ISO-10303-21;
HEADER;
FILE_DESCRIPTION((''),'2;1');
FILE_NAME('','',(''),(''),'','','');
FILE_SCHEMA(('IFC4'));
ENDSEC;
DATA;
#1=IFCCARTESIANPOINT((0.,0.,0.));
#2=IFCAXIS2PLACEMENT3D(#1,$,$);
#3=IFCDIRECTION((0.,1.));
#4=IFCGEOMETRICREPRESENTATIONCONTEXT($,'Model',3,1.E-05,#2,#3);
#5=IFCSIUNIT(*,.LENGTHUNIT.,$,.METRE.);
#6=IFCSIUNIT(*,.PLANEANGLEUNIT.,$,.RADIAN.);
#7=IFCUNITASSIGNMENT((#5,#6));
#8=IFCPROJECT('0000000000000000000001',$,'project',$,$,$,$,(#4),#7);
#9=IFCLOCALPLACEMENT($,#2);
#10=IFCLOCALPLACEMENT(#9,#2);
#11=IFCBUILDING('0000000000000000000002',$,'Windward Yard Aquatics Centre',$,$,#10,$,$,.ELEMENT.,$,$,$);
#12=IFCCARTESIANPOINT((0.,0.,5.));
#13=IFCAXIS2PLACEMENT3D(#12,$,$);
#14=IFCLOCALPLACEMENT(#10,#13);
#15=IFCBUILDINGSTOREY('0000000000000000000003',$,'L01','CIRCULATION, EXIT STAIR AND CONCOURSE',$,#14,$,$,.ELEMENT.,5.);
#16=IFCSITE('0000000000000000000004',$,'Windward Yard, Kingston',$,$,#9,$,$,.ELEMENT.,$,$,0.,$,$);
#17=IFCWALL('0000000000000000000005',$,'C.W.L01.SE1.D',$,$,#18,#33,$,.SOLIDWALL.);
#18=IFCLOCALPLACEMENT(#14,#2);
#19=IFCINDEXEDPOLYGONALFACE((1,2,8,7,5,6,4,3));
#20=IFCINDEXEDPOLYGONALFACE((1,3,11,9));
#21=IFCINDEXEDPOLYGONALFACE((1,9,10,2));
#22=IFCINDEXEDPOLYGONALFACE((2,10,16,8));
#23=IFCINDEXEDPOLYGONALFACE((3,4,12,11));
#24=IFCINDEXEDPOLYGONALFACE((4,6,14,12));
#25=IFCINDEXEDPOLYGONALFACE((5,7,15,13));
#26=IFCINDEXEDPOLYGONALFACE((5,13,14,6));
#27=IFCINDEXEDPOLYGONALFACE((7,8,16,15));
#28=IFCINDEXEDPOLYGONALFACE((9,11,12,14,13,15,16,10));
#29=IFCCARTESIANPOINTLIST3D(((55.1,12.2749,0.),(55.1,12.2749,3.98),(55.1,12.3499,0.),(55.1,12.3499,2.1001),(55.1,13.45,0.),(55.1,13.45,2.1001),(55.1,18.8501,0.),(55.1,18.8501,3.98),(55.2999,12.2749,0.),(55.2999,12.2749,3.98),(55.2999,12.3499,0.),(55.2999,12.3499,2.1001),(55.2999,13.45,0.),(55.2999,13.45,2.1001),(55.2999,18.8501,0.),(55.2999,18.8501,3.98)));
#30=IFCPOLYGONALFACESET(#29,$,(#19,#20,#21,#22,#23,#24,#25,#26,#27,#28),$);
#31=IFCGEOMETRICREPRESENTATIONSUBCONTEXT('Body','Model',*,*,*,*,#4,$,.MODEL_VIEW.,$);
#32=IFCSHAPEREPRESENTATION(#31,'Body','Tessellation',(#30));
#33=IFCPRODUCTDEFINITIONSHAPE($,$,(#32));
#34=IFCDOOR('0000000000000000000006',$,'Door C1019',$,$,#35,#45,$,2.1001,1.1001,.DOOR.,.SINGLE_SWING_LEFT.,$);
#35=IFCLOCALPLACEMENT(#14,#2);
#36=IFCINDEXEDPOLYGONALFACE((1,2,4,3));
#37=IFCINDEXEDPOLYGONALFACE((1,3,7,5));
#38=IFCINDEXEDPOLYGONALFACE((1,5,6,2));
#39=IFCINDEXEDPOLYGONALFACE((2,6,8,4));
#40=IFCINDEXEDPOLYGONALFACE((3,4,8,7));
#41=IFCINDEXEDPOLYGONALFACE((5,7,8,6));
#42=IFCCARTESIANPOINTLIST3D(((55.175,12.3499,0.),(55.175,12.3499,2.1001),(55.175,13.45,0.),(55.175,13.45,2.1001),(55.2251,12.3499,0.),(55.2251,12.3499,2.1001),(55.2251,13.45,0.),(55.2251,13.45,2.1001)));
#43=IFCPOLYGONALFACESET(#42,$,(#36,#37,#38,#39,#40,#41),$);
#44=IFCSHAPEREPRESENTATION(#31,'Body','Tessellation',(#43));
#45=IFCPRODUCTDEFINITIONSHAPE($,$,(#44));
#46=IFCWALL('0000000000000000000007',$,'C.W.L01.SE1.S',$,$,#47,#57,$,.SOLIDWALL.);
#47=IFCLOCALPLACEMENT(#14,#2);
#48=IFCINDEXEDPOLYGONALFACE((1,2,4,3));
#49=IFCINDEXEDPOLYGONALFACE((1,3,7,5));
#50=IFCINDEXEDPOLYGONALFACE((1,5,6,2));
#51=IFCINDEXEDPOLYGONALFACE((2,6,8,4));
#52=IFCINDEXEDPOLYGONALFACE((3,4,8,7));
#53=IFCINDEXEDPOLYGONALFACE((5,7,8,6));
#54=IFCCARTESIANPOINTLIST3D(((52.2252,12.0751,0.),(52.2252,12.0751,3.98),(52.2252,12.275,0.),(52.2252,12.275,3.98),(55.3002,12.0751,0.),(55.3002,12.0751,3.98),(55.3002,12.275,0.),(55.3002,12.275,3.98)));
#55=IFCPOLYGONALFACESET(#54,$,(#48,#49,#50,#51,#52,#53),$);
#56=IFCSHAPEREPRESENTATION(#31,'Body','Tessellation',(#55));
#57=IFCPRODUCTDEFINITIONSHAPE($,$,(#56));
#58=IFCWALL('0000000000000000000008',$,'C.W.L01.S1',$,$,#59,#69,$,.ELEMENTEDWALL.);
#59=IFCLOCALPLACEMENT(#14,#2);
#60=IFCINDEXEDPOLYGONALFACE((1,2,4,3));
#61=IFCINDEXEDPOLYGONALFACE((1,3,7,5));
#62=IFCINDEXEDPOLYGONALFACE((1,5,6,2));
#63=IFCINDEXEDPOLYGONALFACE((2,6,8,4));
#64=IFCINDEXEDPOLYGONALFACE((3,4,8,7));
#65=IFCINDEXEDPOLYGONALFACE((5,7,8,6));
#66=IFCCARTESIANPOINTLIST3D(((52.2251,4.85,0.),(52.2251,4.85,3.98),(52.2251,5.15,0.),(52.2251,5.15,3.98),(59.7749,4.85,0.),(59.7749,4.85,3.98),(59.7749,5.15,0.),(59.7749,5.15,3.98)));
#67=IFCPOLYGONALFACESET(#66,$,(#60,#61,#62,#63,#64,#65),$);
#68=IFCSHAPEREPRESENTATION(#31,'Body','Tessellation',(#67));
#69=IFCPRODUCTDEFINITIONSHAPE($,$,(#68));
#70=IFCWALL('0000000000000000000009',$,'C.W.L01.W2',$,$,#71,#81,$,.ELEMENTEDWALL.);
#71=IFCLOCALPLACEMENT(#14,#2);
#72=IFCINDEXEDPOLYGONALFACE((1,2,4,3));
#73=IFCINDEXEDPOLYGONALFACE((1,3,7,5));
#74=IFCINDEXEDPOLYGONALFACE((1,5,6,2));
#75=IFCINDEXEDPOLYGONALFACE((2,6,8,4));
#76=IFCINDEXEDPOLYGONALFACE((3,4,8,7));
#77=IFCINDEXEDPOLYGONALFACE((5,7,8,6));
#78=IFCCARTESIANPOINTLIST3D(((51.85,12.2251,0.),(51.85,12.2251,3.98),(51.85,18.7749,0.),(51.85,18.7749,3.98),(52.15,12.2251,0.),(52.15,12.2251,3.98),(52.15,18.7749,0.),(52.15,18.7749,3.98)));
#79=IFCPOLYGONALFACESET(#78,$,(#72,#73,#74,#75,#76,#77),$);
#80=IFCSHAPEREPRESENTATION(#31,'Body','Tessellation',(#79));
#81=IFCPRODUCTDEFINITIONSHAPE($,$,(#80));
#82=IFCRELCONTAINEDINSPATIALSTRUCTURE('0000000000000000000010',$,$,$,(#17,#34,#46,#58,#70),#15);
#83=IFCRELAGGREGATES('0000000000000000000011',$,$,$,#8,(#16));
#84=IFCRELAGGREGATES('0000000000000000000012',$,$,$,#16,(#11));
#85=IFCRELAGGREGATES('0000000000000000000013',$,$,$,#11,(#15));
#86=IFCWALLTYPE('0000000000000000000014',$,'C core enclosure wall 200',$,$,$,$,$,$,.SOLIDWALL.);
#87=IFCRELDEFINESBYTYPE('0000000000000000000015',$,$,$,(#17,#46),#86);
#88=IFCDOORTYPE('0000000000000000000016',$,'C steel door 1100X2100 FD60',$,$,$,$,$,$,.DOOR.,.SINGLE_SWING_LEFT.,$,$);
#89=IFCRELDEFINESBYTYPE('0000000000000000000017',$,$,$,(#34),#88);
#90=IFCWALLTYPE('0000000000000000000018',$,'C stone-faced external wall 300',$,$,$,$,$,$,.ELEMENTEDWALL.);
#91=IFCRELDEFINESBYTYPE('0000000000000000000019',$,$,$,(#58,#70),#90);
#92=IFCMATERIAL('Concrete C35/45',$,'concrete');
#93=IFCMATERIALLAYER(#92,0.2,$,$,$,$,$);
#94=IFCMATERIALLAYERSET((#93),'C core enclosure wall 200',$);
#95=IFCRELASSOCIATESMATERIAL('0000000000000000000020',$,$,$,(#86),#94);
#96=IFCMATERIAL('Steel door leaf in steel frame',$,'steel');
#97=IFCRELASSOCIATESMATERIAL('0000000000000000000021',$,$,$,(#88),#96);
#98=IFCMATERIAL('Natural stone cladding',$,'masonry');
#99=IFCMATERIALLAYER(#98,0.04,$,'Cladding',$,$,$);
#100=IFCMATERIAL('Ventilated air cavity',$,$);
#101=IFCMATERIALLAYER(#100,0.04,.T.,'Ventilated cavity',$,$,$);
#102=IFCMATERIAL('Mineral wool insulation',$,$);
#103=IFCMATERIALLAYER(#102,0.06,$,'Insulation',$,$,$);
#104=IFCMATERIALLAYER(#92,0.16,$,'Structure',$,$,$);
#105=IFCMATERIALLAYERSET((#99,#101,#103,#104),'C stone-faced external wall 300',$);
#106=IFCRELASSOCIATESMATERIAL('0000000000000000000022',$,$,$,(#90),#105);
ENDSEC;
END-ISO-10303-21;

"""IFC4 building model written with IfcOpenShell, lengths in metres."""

from ifc_helpers import new_model, si_unit, direction, frame, frame_2d, origin, place, context, subcontext, project, spatial, rectangle, extrude, material, layer, layer_set, type_object, element, fill, save


model = new_model("IFC4")

# Units and contexts
model_context = context("Model", 3, precision=1e-05, world=origin(), true_north=direction((0.0, 1.0)))
body_context = subcontext(model_context, "Body", "Model", "MODEL_VIEW")
ifc_project = project(units=[si_unit("LENGTHUNIT", "METRE"), si_unit("PLANEANGLEUNIT", "RADIAN")], contexts=[model_context])

# Site, building, storey
site_placement = place(None, origin())
site = spatial("IfcSite", under=ifc_project, at=site_placement, Name="Windward Yard, Kingston", CompositionType="ELEMENT", RefElevation=0.0)
building_placement = place(site_placement, origin())
building = spatial("IfcBuilding", under=site, at=building_placement, Name="Windward Yard Aquatics Centre", CompositionType="ELEMENT")
storey_placement = place(building_placement, frame((0.0, 0.0, 5.0)))
storey = spatial("IfcBuildingStorey", under=building, at=storey_placement, Name="L01", Description="CIRCULATION, EXIT STAIR AND CONCOURSE", CompositionType="ELEMENT", Elevation=5.0)

# Shared definitions
ifc_material_1 = material(Name="Concrete C35/45", Category="concrete")

# Shared definitions
ifc_layer_1 = layer(ifc_material_1, 0.2)
ifc_layer_set_1 = layer_set([ifc_layer_1], Name="C core enclosure wall 200")
wall_type_1 = type_object("IfcWallType", Name="C core enclosure wall 200", PredefinedType="SOLIDWALL", material=ifc_layer_set_1)

# Wall, opening, door
wall_1_placement = place(storey_placement, frame((55.2, 12.2749, 0.0), z_axis=(0.0, 0.0, 1.0), x_axis=(0.0, 1.0, 0.0)))
wall_1 = element("IfcWall", 1, at=wall_1_placement, inside=storey, type_object=wall_type_1, Name="C.W.L01.SE1.D", PredefinedType="SOLIDWALL", context=body_context, shape_type="SweptSolid", body=[
    extrude(rectangle(XDim=6.5752, YDim=0.2, at=frame_2d((3.2876, 0.0))), origin(), (0.0, 0.0, 1.0), 3.98),
])
opening_1_placement = place(wall_1_placement, frame((0.075, 0.0, 0.0)))
opening_1 = element("IfcOpeningElement", 2, at=opening_1_placement, cuts=wall_1, PredefinedType="OPENING", context=body_context, shape_type="SweptSolid", body=[
    extrude(rectangle(XDim=1.1001, YDim=2.1001, at=frame_2d((0.55, 1.05))), frame((0.0, 0.1099, 0.0), z_axis=(0.0, -1.0, 0.0), x_axis=(1.0, 0.0, 0.0)), (0.0, 0.0, 1.0), 0.22),
])
ifc_material_2 = material(Name="Steel door leaf in steel frame", Category="steel")
door_type_1 = type_object("IfcDoorType", Name="C steel door 1100X2100 FD60", OperationType="SINGLE_SWING_LEFT", PredefinedType="DOOR", material=ifc_material_2)
door_1_placement = place(opening_1_placement, origin())
door_1 = element("IfcDoor", 3, at=door_1_placement, inside=storey, type_object=door_type_1, Name="Door C1019", OperationType="SINGLE_SWING_LEFT", OverallHeight=2.1001, OverallWidth=1.1001, PredefinedType="DOOR", context=body_context, shape_type="SweptSolid", body=[
    extrude(rectangle(XDim=1.1001, YDim=2.1001, at=frame_2d((0.55, 1.05))), frame((0.0, 0.0249, 0.0), z_axis=(0.0, -1.0, 0.0), x_axis=(1.0, 0.0, 0.0)), (0.0, 0.0, 1.0), 0.05),
])
fill(opening_1, door_1)

# Walls
wall_2_placement = place(storey_placement, frame((52.2251, 12.175, 0.0), z_axis=(0.0, 0.0, 1.0), x_axis=(1.0, 0.0, 0.0)))
element("IfcWall", 4, at=wall_2_placement, inside=storey, type_object=wall_type_1, Name="C.W.L01.SE1.S", PredefinedType="SOLIDWALL", context=body_context, shape_type="SweptSolid", body=[
    extrude(rectangle(XDim=3.075, YDim=0.2, at=frame_2d((1.5376, 0.0))), origin(), (0.0, 0.0, 1.0), 3.98),
])
ifc_material_3 = material(Name="Natural stone cladding", Category="masonry")
ifc_layer_2 = layer(ifc_material_3, 0.04, Name="Cladding")
ifc_material_4 = material(Name="Ventilated air cavity")
ifc_layer_3 = layer(ifc_material_4, 0.04, ventilated=True, Name="Ventilated cavity")
ifc_material_5 = material(Name="Mineral wool insulation")
ifc_layer_4 = layer(ifc_material_5, 0.06, Name="Insulation")
ifc_layer_5 = layer(ifc_material_1, 0.16, Name="Structure")
ifc_layer_set_2 = layer_set([ifc_layer_2, ifc_layer_3, ifc_layer_4, ifc_layer_5], Name="C stone-faced external wall 300")
wall_type_2 = type_object("IfcWallType", Name="C stone-faced external wall 300", PredefinedType="ELEMENTEDWALL", material=ifc_layer_set_2)
wall_3_placement = place(storey_placement, frame((52.2251, 5.0, 0.0), z_axis=(0.0, 0.0, 1.0), x_axis=(1.0, 0.0, 0.0)))
element("IfcWall", 5, at=wall_3_placement, inside=storey, type_object=wall_type_2, Name="C.W.L01.S1", PredefinedType="ELEMENTEDWALL", context=body_context, shape_type="SweptSolid", body=[
    extrude(rectangle(XDim=7.5498, YDim=0.3, at=frame_2d((3.7749, 0.0))), origin(), (0.0, 0.0, 1.0), 3.98),
])
wall_4_placement = place(storey_placement, frame((52.0, 12.2251, 0.0), z_axis=(0.0, 0.0, 1.0), x_axis=(0.0, 1.0, 0.0)))
element("IfcWall", 6, at=wall_4_placement, inside=storey, type_object=wall_type_2, Name="C.W.L01.W2", PredefinedType="ELEMENTEDWALL", context=body_context, shape_type="SweptSolid", body=[
    extrude(rectangle(XDim=6.5498, YDim=0.3, at=frame_2d((3.2749, 0.0))), origin(), (0.0, 0.0, 1.0), 3.98),
])

save(model, "model.ifc")
